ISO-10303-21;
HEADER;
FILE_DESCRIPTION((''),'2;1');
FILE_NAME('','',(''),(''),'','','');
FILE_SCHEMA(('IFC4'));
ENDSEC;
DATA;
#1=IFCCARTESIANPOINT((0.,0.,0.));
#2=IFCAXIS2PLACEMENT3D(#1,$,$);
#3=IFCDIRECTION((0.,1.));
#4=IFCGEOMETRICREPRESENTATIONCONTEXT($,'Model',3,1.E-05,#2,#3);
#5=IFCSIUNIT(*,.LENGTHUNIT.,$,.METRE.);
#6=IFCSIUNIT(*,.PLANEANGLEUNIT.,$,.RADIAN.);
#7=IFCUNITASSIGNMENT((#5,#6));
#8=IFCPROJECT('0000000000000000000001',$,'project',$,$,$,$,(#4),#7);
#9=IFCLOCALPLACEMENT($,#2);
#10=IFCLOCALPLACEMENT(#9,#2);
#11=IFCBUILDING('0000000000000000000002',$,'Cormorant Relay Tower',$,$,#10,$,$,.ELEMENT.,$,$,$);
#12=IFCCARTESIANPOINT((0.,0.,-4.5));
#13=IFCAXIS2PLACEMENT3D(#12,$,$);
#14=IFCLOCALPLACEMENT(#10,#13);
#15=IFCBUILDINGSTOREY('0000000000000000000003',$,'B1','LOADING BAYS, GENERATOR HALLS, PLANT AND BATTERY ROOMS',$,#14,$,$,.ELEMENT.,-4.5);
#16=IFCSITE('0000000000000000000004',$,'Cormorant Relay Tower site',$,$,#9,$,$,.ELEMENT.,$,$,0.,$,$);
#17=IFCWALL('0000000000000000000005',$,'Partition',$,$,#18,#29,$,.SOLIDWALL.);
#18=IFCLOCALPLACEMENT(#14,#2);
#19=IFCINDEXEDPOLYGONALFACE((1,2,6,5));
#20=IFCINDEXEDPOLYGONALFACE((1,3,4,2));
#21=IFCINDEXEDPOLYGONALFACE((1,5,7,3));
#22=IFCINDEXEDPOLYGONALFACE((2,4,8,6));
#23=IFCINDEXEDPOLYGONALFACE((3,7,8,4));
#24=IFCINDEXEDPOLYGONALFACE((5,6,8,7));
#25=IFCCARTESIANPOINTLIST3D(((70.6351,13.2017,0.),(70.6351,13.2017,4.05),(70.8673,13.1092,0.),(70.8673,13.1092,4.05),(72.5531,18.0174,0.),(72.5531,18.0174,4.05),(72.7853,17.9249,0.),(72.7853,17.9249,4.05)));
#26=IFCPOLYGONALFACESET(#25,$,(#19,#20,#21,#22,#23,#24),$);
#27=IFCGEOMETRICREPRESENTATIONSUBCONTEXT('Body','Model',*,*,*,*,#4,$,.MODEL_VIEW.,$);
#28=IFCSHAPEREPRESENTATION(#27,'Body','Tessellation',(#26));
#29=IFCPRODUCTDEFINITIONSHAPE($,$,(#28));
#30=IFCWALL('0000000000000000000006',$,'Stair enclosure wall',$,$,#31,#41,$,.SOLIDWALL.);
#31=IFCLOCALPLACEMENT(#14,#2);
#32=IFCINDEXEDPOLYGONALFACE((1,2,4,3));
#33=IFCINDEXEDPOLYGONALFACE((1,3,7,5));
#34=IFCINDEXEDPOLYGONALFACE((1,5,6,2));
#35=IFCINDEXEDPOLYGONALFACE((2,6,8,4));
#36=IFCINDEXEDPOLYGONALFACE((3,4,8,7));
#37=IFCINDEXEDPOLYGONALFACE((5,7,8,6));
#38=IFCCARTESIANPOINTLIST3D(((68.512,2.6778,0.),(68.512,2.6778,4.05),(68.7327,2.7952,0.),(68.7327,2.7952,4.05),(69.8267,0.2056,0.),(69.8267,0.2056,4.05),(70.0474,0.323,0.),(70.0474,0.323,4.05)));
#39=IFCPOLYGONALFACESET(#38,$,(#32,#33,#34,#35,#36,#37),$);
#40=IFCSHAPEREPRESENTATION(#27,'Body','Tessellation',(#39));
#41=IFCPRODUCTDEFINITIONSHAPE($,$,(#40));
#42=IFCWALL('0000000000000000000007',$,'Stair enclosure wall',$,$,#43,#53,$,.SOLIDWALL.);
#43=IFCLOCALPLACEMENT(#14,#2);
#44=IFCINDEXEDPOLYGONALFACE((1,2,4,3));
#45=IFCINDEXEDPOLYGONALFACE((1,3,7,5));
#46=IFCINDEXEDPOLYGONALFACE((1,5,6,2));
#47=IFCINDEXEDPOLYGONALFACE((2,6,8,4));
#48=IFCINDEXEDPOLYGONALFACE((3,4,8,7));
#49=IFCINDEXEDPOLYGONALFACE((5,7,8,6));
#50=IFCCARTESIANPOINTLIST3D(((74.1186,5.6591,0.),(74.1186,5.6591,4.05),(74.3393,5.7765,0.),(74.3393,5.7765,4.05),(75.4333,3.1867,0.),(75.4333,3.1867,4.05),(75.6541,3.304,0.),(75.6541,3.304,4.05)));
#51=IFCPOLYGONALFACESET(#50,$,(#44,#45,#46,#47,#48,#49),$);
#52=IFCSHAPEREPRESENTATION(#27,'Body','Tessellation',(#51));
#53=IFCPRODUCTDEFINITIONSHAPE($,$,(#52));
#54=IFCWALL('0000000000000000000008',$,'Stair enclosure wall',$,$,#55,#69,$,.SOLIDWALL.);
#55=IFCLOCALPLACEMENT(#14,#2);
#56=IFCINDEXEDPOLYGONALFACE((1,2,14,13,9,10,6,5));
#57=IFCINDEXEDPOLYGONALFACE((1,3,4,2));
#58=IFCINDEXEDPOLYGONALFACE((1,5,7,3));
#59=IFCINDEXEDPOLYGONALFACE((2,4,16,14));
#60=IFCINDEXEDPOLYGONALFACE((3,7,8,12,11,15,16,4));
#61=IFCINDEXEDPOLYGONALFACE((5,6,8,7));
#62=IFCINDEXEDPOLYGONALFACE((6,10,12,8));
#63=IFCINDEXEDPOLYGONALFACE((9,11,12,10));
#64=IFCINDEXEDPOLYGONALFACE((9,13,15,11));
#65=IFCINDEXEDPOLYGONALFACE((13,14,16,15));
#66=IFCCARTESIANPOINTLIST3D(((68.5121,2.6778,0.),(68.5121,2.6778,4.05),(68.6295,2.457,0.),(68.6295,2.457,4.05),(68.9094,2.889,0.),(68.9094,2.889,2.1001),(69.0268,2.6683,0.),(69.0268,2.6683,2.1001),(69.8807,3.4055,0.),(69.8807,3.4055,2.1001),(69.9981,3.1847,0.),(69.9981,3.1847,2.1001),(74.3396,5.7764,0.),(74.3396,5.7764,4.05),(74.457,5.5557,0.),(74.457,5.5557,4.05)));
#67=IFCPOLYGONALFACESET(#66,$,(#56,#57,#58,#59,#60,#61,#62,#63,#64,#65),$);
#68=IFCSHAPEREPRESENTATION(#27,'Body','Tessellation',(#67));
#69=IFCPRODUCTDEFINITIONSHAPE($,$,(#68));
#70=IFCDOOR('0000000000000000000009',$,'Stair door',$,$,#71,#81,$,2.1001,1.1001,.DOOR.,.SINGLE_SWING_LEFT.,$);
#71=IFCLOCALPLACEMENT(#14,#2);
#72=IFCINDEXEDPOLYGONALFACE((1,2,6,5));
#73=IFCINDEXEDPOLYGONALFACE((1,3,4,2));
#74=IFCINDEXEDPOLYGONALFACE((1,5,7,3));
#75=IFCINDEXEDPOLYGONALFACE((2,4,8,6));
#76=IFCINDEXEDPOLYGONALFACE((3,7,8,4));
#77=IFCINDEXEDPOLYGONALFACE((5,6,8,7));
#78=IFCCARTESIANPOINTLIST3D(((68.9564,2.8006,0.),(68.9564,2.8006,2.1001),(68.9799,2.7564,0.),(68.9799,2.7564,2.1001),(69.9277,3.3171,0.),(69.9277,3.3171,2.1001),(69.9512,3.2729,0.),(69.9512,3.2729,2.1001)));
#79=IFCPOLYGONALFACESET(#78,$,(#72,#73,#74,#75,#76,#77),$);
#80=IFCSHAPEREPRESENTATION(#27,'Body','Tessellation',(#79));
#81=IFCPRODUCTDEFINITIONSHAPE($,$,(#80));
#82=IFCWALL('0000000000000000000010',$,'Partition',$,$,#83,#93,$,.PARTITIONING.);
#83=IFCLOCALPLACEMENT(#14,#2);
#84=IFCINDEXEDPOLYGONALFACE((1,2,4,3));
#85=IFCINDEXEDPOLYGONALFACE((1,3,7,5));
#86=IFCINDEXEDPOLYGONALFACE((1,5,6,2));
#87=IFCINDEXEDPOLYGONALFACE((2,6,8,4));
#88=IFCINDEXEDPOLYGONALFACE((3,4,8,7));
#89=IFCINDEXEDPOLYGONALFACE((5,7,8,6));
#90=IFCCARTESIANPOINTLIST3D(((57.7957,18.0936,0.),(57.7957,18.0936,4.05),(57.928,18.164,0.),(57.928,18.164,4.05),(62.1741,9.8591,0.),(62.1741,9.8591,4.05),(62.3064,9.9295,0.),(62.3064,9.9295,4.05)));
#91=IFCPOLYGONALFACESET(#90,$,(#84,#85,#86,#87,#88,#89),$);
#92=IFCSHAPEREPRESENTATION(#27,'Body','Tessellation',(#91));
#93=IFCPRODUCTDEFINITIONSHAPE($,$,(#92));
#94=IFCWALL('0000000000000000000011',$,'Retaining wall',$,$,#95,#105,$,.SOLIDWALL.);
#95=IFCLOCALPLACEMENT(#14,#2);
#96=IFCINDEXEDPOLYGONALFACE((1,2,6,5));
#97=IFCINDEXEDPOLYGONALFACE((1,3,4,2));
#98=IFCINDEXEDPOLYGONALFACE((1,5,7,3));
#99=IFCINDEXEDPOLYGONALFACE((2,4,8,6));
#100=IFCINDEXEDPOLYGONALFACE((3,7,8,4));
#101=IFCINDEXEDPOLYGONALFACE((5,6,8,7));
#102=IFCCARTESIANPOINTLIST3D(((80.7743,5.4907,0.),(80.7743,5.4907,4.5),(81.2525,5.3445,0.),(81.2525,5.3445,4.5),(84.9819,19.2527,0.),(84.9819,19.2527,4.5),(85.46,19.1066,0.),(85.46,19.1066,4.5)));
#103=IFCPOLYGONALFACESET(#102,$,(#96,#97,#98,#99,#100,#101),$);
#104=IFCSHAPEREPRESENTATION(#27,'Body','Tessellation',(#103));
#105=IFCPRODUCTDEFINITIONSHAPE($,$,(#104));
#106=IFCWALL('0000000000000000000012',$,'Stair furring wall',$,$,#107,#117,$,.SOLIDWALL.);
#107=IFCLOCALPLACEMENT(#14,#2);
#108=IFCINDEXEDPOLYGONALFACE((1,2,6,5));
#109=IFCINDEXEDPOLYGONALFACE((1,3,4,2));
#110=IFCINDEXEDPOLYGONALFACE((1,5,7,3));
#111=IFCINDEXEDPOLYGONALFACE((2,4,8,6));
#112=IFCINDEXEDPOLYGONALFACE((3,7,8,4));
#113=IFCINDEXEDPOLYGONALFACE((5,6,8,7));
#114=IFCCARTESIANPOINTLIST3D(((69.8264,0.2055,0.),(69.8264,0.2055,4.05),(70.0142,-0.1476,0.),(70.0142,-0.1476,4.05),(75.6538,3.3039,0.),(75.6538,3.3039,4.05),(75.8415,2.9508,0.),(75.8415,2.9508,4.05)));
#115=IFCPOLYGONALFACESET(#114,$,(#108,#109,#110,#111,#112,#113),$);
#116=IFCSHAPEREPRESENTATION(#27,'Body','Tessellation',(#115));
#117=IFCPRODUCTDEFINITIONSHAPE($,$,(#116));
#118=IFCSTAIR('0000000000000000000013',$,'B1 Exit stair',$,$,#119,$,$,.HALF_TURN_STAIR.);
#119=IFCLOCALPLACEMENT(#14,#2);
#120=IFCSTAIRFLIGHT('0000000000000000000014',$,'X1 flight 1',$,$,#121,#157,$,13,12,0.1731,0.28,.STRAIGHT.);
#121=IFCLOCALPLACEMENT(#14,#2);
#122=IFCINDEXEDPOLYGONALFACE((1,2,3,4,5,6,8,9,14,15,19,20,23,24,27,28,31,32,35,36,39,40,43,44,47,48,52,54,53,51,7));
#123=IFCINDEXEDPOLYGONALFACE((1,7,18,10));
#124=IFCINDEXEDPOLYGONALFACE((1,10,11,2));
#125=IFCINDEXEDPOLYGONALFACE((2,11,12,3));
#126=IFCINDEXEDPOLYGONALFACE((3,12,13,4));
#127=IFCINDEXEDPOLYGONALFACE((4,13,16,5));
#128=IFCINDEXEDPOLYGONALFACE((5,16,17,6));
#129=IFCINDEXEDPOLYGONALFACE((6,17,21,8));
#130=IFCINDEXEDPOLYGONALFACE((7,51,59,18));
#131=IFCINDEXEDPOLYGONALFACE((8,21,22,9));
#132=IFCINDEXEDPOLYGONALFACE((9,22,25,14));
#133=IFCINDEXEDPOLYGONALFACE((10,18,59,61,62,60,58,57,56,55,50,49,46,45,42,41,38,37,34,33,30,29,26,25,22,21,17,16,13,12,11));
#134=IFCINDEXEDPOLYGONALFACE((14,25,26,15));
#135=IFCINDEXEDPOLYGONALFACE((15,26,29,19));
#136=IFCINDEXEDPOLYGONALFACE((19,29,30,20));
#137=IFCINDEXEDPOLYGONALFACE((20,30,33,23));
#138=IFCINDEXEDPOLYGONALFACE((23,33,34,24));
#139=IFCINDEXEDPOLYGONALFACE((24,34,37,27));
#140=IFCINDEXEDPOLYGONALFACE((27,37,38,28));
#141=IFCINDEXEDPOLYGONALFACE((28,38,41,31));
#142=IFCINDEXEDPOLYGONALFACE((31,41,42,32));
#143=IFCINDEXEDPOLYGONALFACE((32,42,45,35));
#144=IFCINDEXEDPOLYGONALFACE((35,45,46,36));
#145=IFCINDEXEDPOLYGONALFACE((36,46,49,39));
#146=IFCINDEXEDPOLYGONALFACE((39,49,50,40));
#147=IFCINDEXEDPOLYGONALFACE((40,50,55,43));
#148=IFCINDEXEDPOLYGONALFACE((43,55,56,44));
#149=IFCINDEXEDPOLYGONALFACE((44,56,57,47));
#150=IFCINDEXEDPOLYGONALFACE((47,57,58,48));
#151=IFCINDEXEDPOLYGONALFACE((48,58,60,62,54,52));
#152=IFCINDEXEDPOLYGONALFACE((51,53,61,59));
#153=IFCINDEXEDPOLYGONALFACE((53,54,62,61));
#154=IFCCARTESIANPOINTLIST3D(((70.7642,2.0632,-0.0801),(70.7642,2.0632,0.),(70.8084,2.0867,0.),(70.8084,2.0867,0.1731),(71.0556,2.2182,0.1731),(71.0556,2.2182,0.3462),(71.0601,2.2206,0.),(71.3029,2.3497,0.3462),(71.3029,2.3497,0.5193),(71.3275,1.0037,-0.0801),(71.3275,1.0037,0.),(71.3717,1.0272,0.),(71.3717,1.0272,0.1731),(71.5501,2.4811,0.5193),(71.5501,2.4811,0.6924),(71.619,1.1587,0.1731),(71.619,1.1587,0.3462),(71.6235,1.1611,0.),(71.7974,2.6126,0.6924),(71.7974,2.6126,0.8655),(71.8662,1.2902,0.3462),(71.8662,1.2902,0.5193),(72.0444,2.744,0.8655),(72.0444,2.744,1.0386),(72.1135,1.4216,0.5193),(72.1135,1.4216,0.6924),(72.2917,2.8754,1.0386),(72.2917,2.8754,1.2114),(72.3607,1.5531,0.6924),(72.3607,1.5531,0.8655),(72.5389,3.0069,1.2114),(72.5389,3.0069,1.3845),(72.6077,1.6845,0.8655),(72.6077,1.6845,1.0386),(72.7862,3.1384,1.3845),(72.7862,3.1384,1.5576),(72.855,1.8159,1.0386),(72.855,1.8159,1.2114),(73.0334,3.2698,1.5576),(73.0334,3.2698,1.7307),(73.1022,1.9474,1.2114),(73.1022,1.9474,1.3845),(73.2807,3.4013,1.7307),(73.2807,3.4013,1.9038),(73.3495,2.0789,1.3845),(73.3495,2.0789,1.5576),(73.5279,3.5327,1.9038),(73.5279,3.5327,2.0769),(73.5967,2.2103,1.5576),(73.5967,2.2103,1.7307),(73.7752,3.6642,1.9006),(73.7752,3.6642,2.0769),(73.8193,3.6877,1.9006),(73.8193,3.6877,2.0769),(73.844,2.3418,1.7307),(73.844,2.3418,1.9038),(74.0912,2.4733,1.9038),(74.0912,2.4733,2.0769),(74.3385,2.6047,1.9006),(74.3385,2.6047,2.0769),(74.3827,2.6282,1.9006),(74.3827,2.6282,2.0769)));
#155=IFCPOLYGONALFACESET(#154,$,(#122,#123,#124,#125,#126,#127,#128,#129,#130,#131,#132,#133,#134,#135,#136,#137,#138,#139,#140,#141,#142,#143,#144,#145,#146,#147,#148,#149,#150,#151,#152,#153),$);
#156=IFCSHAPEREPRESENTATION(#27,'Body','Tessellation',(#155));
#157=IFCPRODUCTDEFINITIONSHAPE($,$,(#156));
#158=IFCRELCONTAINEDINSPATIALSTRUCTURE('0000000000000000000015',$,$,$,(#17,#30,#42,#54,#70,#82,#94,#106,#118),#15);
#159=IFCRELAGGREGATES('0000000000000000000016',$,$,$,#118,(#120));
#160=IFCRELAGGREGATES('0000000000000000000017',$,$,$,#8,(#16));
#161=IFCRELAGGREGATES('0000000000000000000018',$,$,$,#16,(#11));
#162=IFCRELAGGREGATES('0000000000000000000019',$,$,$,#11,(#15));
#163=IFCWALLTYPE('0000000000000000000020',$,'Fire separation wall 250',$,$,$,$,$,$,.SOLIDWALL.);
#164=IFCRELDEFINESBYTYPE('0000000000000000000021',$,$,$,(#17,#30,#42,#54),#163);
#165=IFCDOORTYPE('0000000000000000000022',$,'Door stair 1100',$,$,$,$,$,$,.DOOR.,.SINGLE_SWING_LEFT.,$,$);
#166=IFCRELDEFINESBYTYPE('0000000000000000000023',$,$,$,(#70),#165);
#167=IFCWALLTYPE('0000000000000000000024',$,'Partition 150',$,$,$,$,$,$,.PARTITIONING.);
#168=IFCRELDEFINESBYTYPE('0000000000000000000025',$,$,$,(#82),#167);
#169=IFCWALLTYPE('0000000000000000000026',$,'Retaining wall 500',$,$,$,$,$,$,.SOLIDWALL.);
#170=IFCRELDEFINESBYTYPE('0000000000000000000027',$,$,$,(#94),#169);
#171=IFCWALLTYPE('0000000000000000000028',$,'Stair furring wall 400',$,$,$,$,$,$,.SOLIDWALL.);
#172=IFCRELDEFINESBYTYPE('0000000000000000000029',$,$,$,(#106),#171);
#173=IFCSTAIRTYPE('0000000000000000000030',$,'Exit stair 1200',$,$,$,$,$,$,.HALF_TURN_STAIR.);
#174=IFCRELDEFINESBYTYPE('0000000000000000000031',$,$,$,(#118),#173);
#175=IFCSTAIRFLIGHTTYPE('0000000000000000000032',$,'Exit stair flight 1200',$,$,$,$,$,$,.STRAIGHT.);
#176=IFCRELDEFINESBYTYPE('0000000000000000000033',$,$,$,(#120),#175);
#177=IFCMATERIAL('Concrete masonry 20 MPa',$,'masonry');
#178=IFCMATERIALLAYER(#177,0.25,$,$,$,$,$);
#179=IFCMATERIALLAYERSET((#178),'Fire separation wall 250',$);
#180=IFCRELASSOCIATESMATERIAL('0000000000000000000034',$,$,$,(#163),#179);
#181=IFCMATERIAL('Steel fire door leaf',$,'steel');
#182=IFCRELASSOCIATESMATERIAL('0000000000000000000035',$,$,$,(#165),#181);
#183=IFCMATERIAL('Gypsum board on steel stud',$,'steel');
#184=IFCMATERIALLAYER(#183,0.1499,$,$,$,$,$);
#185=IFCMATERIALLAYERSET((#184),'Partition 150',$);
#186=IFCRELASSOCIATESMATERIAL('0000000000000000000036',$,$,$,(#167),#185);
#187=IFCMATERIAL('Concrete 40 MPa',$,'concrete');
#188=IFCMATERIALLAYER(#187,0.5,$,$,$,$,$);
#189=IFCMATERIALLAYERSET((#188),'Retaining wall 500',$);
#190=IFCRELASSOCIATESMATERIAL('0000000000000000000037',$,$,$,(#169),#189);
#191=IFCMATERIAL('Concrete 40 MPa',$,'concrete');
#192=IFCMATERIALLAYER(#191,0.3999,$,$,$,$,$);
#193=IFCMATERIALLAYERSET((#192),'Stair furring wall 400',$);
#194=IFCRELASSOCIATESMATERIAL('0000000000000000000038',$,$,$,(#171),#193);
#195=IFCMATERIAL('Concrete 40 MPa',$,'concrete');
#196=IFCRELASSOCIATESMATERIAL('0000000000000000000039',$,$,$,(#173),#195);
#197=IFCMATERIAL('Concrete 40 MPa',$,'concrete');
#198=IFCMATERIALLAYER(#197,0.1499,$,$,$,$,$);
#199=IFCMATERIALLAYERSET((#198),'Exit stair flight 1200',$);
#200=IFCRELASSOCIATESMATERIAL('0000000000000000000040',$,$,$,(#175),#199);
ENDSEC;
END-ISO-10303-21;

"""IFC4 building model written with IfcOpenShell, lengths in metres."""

from ifc_helpers import new_model, si_unit, direction, frame, frame_2d, origin, place, context, subcontext, project, spatial, polyline, rectangle, outline, extrude, material, layer, layer_set, type_object, element, fill, aggregate, save


model = new_model("IFC4")

# Units and contexts
model_context = context("Model", 3, precision=1e-05, world=origin(), true_north=direction((0.0, 1.0)))
body_context = subcontext(model_context, "Body", "Model", "MODEL_VIEW")
ifc_project = project(units=[si_unit("LENGTHUNIT", "METRE"), si_unit("PLANEANGLEUNIT", "RADIAN")], contexts=[model_context])

# Site, building, storey
site_placement = place(None, origin())
site = spatial("IfcSite", under=ifc_project, at=site_placement, Name="Cormorant Relay Tower site", CompositionType="ELEMENT", RefElevation=0.0)
building_placement = place(site_placement, origin())
building = spatial("IfcBuilding", under=site, at=building_placement, Name="Cormorant Relay Tower", CompositionType="ELEMENT")
storey_placement = place(building_placement, frame((0.0, 0.0, -4.5)))
storey = spatial("IfcBuildingStorey", under=building, at=storey_placement, Name="B1", Description="LOADING BAYS, GENERATOR HALLS, PLANT AND BATTERY ROOMS", CompositionType="ELEMENT", Elevation=-4.5)

# Shared definitions
ifc_material_1 = material(Name="Concrete masonry 20 MPa", Category="masonry")
ifc_layer_1 = layer(ifc_material_1, 0.25)
ifc_layer_set_1 = layer_set([ifc_layer_1], Name="Fire separation wall 250")
wall_type_1 = type_object("IfcWallType", Name="Fire separation wall 250", PredefinedType="SOLIDWALL", material=ifc_layer_set_1)

# Walls
wall_1_placement = place(storey_placement, frame((72.6692, 17.9712, 0.0), z_axis=(0.0, 0.0, 1.0), x_axis=(-0.37001, -0.929028, 0.0)))
element("IfcWall", 1, at=wall_1_placement, inside=storey, type_object=wall_type_1, Name="Partition", PredefinedType="SOLIDWALL", context=body_context, shape_type="SweptSolid", body=[
    extrude(rectangle(XDim=5.1836, YDim=0.25, at=frame_2d((2.5918, 0.0))), origin(), (0.0, 0.0, 1.0), 4.05),
])
wall_2_placement = place(storey_placement, frame((69.937, 0.2644, 0.0), z_axis=(0.0, 0.0, 1.0), x_axis=(-0.469533, 0.882915, 0.0)))
element("IfcWall", 2, at=wall_2_placement, inside=storey, type_object=wall_type_1, Name="Stair enclosure wall", PredefinedType="SOLIDWALL", context=body_context, shape_type="SweptSolid", body=[
    extrude(rectangle(XDim=2.8, YDim=0.25, at=frame_2d((1.3999, 0.0))), origin(), (0.0, 0.0, 1.0), 4.05),
])
wall_3_placement = place(storey_placement, frame((75.5437, 3.2454, 0.0), z_axis=(0.0, 0.0, 1.0), x_axis=(-0.469497, 0.882934, 0.0)))
element("IfcWall", 3, at=wall_3_placement, inside=storey, type_object=wall_type_1, Name="Stair enclosure wall", PredefinedType="SOLIDWALL", context=body_context, shape_type="SweptSolid", body=[
    extrude(rectangle(XDim=2.8003, YDim=0.25, at=frame_2d((1.4001, 0.0))), origin(), (0.0, 0.0, 1.0), 4.05),
])

# Wall, opening, door
wall_4_placement = place(storey_placement, frame((68.5708, 2.5674, 0.0), z_axis=(0.0, 0.0, 1.0), x_axis=(0.882938, 0.46949, 0.0)))
wall_4 = element("IfcWall", 4, at=wall_4_placement, inside=storey, type_object=wall_type_1, Name="Stair enclosure wall", PredefinedType="SOLIDWALL", context=body_context, shape_type="SweptSolid", body=[
    extrude(rectangle(XDim=6.6001, YDim=0.25, at=frame_2d((3.3, 0.0))), origin(), (0.0, 0.0, 1.0), 4.05),
])
opening_1_placement = place(wall_4_placement, frame((0.45, 0.0, 0.0)))
opening_1 = element("IfcOpeningElement", 5, at=opening_1_placement, cuts=wall_4, PredefinedType="OPENING", context=body_context, shape_type="SweptSolid", body=[
    extrude(rectangle(XDim=1.1001, YDim=2.1001, at=frame_2d((0.55, 1.05))), frame((0.0, 0.135, 0.0), z_axis=(0.0, -1.0, 0.0), x_axis=(1.0, 0.0, 0.0)), (0.0, 0.0, 1.0), 0.27),
])
ifc_material_2 = material(Name="Steel fire door leaf", Category="steel")
door_type_1 = type_object("IfcDoorType", Name="Door stair 1100", OperationType="SINGLE_SWING_LEFT", PredefinedType="DOOR", material=ifc_material_2)
door_1_placement = place(opening_1_placement, origin())
door_1 = element("IfcDoor", 6, at=door_1_placement, inside=storey, type_object=door_type_1, Name="Stair door", OperationType="SINGLE_SWING_LEFT", OverallHeight=2.1001, OverallWidth=1.1001, PredefinedType="DOOR", context=body_context, shape_type="SweptSolid", body=[
    extrude(rectangle(XDim=1.1001, YDim=2.1001, at=frame_2d((0.55, 1.05))), frame((0.0, 0.0249, 0.0), z_axis=(0.0, -1.0, 0.0), x_axis=(1.0, 0.0, 0.0)), (0.0, 0.0, 1.0), 0.05),
])
fill(opening_1, door_1)

# Walls
ifc_material_3 = material(Name="Gypsum board on steel stud", Category="steel")
ifc_layer_2 = layer(ifc_material_3, 0.1499)
ifc_layer_set_2 = layer_set([ifc_layer_2], Name="Partition 150")
wall_type_2 = type_object("IfcWallType", Name="Partition 150", PredefinedType="PARTITIONING", material=ifc_layer_set_2)
wall_5_placement = place(storey_placement, frame((62.2402, 9.8943, 0.0), z_axis=(0.0, 0.0, 1.0), x_axis=(-0.469471, 0.882948, 0.0)))
element("IfcWall", 7, at=wall_5_placement, inside=storey, type_object=wall_type_2, Name="Partition", PredefinedType="PARTITIONING", context=body_context, shape_type="SweptSolid", body=[
    extrude(rectangle(XDim=9.3262, YDim=0.1499, at=frame_2d((4.6631, 0.0))), origin(), (0.0, 0.0, 1.0), 4.05),
])
ifc_material_4 = material(Name="Concrete 40 MPa", Category="concrete")
ifc_layer_3 = layer(ifc_material_4, 0.5)
ifc_layer_set_3 = layer_set([ifc_layer_3], Name="Retaining wall 500")
wall_type_3 = type_object("IfcWallType", Name="Retaining wall 500", PredefinedType="SOLIDWALL", material=ifc_layer_set_3)
wall_6_placement = place(storey_placement, frame((81.0134, 5.4177, 0.0), z_axis=(0.0, 0.0, 1.0), x_axis=(0.292376, 0.956303, 0.0)))
element("IfcWall", 8, at=wall_6_placement, inside=storey, type_object=wall_type_3, Name="Retaining wall", PredefinedType="SOLIDWALL", context=body_context, shape_type="SweptSolid", body=[
    extrude(rectangle(XDim=14.3909, YDim=0.5, at=frame_2d((7.1953, 0.0))), origin(), (0.0, 0.0, 1.0), 4.5),
])
ifc_material_5 = material(Name="Concrete 40 MPa", Category="concrete")
ifc_layer_4 = layer(ifc_material_5, 0.3999)
ifc_layer_set_4 = layer_set([ifc_layer_4], Name="Stair furring wall 400")
wall_type_4 = type_object("IfcWallType", Name="Stair furring wall 400", PredefinedType="SOLIDWALL", material=ifc_layer_set_4)
wall_7_placement = place(storey_placement, frame((69.9204, 0.0291, 0.0), z_axis=(0.0, 0.0, 1.0), x_axis=(0.882953, 0.469461, 0.0)))
element("IfcWall", 9, at=wall_7_placement, inside=storey, type_object=wall_type_4, Name="Stair furring wall", PredefinedType="SOLIDWALL", context=body_context, shape_type="SweptSolid", body=[
    extrude(rectangle(XDim=6.5999, YDim=0.3999, at=frame_2d((3.2998, 0.0))), origin(), (0.0, 0.0, 1.0), 4.05),
])

# Stair, stair flight
ifc_material_6 = material(Name="Concrete 40 MPa", Category="concrete")
stair_type = type_object("IfcStairType", Name="Exit stair 1200", PredefinedType="HALF_TURN_STAIR", material=ifc_material_6)
stair_placement = place(storey_placement, origin())
stair = element("IfcStair", 10, at=stair_placement, inside=storey, type_object=stair_type, Name="B1 Exit stair", PredefinedType="HALF_TURN_STAIR")
ifc_material_7 = material(Name="Concrete 40 MPa", Category="concrete")
ifc_layer_5 = layer(ifc_material_7, 0.1499)
ifc_layer_set_5 = layer_set([ifc_layer_5], Name="Exit stair flight 1200")
stair_flight_type = type_object("IfcStairFlightType", Name="Exit stair flight 1200", PredefinedType="STRAIGHT", material=ifc_layer_set_5)
stair_flight_1_placement = place(storey_placement, frame((71.0901, 1.5569, 0.0), z_axis=(0.0, 0.0, 1.0), x_axis=(0.882948, 0.469472, 0.0)))
stair_flight_1 = element("IfcStairFlight", 11, at=stair_flight_1_placement, type_object=stair_flight_type, Name="X1 flight 1", NumberOfRisers=13, NumberOfTreads=12, PredefinedType="STRAIGHT", RiserHeight=0.1731, TreadLength=0.28, context=body_context, shape_type="SweptSolid", body=[
    extrude(outline(polyline([(-0.05, -0.0801), (-0.05, 0.0), (0.0, 0.0), (0.0, 0.1731), (0.28, 0.1731), (0.28, 0.3462), (0.5601, 0.3462), (0.5601, 0.5193), (0.8401, 0.5193), (0.8401, 0.6924), (1.1201, 0.6924), (1.1201, 0.8655), (1.3999, 0.8655), (1.3999, 1.0386), (1.6799, 1.0386), (1.6799, 1.2114), (1.96, 1.2114), (1.96, 1.3845), (2.24, 1.3845), (2.24, 1.5576), (2.52, 1.5576), (2.52, 1.7307), (2.8, 1.7307), (2.8, 1.9038), (3.0801, 1.9038), (3.0801, 2.0769), (3.3601, 2.0769), (3.4102, 2.0769), (3.4102, 1.9006), (3.3601, 1.9006), (0.2852, 0.0), (-0.05, -0.0801)])), frame((0.0, 0.6001, 0.0), z_axis=(0.0, -1.0, 0.0), x_axis=(1.0, 0.0, 0.0)), (0.0, 0.0, 1.0), 1.2),
])
aggregate(stair, [stair_flight_1])

save(model, "model.ifc")
